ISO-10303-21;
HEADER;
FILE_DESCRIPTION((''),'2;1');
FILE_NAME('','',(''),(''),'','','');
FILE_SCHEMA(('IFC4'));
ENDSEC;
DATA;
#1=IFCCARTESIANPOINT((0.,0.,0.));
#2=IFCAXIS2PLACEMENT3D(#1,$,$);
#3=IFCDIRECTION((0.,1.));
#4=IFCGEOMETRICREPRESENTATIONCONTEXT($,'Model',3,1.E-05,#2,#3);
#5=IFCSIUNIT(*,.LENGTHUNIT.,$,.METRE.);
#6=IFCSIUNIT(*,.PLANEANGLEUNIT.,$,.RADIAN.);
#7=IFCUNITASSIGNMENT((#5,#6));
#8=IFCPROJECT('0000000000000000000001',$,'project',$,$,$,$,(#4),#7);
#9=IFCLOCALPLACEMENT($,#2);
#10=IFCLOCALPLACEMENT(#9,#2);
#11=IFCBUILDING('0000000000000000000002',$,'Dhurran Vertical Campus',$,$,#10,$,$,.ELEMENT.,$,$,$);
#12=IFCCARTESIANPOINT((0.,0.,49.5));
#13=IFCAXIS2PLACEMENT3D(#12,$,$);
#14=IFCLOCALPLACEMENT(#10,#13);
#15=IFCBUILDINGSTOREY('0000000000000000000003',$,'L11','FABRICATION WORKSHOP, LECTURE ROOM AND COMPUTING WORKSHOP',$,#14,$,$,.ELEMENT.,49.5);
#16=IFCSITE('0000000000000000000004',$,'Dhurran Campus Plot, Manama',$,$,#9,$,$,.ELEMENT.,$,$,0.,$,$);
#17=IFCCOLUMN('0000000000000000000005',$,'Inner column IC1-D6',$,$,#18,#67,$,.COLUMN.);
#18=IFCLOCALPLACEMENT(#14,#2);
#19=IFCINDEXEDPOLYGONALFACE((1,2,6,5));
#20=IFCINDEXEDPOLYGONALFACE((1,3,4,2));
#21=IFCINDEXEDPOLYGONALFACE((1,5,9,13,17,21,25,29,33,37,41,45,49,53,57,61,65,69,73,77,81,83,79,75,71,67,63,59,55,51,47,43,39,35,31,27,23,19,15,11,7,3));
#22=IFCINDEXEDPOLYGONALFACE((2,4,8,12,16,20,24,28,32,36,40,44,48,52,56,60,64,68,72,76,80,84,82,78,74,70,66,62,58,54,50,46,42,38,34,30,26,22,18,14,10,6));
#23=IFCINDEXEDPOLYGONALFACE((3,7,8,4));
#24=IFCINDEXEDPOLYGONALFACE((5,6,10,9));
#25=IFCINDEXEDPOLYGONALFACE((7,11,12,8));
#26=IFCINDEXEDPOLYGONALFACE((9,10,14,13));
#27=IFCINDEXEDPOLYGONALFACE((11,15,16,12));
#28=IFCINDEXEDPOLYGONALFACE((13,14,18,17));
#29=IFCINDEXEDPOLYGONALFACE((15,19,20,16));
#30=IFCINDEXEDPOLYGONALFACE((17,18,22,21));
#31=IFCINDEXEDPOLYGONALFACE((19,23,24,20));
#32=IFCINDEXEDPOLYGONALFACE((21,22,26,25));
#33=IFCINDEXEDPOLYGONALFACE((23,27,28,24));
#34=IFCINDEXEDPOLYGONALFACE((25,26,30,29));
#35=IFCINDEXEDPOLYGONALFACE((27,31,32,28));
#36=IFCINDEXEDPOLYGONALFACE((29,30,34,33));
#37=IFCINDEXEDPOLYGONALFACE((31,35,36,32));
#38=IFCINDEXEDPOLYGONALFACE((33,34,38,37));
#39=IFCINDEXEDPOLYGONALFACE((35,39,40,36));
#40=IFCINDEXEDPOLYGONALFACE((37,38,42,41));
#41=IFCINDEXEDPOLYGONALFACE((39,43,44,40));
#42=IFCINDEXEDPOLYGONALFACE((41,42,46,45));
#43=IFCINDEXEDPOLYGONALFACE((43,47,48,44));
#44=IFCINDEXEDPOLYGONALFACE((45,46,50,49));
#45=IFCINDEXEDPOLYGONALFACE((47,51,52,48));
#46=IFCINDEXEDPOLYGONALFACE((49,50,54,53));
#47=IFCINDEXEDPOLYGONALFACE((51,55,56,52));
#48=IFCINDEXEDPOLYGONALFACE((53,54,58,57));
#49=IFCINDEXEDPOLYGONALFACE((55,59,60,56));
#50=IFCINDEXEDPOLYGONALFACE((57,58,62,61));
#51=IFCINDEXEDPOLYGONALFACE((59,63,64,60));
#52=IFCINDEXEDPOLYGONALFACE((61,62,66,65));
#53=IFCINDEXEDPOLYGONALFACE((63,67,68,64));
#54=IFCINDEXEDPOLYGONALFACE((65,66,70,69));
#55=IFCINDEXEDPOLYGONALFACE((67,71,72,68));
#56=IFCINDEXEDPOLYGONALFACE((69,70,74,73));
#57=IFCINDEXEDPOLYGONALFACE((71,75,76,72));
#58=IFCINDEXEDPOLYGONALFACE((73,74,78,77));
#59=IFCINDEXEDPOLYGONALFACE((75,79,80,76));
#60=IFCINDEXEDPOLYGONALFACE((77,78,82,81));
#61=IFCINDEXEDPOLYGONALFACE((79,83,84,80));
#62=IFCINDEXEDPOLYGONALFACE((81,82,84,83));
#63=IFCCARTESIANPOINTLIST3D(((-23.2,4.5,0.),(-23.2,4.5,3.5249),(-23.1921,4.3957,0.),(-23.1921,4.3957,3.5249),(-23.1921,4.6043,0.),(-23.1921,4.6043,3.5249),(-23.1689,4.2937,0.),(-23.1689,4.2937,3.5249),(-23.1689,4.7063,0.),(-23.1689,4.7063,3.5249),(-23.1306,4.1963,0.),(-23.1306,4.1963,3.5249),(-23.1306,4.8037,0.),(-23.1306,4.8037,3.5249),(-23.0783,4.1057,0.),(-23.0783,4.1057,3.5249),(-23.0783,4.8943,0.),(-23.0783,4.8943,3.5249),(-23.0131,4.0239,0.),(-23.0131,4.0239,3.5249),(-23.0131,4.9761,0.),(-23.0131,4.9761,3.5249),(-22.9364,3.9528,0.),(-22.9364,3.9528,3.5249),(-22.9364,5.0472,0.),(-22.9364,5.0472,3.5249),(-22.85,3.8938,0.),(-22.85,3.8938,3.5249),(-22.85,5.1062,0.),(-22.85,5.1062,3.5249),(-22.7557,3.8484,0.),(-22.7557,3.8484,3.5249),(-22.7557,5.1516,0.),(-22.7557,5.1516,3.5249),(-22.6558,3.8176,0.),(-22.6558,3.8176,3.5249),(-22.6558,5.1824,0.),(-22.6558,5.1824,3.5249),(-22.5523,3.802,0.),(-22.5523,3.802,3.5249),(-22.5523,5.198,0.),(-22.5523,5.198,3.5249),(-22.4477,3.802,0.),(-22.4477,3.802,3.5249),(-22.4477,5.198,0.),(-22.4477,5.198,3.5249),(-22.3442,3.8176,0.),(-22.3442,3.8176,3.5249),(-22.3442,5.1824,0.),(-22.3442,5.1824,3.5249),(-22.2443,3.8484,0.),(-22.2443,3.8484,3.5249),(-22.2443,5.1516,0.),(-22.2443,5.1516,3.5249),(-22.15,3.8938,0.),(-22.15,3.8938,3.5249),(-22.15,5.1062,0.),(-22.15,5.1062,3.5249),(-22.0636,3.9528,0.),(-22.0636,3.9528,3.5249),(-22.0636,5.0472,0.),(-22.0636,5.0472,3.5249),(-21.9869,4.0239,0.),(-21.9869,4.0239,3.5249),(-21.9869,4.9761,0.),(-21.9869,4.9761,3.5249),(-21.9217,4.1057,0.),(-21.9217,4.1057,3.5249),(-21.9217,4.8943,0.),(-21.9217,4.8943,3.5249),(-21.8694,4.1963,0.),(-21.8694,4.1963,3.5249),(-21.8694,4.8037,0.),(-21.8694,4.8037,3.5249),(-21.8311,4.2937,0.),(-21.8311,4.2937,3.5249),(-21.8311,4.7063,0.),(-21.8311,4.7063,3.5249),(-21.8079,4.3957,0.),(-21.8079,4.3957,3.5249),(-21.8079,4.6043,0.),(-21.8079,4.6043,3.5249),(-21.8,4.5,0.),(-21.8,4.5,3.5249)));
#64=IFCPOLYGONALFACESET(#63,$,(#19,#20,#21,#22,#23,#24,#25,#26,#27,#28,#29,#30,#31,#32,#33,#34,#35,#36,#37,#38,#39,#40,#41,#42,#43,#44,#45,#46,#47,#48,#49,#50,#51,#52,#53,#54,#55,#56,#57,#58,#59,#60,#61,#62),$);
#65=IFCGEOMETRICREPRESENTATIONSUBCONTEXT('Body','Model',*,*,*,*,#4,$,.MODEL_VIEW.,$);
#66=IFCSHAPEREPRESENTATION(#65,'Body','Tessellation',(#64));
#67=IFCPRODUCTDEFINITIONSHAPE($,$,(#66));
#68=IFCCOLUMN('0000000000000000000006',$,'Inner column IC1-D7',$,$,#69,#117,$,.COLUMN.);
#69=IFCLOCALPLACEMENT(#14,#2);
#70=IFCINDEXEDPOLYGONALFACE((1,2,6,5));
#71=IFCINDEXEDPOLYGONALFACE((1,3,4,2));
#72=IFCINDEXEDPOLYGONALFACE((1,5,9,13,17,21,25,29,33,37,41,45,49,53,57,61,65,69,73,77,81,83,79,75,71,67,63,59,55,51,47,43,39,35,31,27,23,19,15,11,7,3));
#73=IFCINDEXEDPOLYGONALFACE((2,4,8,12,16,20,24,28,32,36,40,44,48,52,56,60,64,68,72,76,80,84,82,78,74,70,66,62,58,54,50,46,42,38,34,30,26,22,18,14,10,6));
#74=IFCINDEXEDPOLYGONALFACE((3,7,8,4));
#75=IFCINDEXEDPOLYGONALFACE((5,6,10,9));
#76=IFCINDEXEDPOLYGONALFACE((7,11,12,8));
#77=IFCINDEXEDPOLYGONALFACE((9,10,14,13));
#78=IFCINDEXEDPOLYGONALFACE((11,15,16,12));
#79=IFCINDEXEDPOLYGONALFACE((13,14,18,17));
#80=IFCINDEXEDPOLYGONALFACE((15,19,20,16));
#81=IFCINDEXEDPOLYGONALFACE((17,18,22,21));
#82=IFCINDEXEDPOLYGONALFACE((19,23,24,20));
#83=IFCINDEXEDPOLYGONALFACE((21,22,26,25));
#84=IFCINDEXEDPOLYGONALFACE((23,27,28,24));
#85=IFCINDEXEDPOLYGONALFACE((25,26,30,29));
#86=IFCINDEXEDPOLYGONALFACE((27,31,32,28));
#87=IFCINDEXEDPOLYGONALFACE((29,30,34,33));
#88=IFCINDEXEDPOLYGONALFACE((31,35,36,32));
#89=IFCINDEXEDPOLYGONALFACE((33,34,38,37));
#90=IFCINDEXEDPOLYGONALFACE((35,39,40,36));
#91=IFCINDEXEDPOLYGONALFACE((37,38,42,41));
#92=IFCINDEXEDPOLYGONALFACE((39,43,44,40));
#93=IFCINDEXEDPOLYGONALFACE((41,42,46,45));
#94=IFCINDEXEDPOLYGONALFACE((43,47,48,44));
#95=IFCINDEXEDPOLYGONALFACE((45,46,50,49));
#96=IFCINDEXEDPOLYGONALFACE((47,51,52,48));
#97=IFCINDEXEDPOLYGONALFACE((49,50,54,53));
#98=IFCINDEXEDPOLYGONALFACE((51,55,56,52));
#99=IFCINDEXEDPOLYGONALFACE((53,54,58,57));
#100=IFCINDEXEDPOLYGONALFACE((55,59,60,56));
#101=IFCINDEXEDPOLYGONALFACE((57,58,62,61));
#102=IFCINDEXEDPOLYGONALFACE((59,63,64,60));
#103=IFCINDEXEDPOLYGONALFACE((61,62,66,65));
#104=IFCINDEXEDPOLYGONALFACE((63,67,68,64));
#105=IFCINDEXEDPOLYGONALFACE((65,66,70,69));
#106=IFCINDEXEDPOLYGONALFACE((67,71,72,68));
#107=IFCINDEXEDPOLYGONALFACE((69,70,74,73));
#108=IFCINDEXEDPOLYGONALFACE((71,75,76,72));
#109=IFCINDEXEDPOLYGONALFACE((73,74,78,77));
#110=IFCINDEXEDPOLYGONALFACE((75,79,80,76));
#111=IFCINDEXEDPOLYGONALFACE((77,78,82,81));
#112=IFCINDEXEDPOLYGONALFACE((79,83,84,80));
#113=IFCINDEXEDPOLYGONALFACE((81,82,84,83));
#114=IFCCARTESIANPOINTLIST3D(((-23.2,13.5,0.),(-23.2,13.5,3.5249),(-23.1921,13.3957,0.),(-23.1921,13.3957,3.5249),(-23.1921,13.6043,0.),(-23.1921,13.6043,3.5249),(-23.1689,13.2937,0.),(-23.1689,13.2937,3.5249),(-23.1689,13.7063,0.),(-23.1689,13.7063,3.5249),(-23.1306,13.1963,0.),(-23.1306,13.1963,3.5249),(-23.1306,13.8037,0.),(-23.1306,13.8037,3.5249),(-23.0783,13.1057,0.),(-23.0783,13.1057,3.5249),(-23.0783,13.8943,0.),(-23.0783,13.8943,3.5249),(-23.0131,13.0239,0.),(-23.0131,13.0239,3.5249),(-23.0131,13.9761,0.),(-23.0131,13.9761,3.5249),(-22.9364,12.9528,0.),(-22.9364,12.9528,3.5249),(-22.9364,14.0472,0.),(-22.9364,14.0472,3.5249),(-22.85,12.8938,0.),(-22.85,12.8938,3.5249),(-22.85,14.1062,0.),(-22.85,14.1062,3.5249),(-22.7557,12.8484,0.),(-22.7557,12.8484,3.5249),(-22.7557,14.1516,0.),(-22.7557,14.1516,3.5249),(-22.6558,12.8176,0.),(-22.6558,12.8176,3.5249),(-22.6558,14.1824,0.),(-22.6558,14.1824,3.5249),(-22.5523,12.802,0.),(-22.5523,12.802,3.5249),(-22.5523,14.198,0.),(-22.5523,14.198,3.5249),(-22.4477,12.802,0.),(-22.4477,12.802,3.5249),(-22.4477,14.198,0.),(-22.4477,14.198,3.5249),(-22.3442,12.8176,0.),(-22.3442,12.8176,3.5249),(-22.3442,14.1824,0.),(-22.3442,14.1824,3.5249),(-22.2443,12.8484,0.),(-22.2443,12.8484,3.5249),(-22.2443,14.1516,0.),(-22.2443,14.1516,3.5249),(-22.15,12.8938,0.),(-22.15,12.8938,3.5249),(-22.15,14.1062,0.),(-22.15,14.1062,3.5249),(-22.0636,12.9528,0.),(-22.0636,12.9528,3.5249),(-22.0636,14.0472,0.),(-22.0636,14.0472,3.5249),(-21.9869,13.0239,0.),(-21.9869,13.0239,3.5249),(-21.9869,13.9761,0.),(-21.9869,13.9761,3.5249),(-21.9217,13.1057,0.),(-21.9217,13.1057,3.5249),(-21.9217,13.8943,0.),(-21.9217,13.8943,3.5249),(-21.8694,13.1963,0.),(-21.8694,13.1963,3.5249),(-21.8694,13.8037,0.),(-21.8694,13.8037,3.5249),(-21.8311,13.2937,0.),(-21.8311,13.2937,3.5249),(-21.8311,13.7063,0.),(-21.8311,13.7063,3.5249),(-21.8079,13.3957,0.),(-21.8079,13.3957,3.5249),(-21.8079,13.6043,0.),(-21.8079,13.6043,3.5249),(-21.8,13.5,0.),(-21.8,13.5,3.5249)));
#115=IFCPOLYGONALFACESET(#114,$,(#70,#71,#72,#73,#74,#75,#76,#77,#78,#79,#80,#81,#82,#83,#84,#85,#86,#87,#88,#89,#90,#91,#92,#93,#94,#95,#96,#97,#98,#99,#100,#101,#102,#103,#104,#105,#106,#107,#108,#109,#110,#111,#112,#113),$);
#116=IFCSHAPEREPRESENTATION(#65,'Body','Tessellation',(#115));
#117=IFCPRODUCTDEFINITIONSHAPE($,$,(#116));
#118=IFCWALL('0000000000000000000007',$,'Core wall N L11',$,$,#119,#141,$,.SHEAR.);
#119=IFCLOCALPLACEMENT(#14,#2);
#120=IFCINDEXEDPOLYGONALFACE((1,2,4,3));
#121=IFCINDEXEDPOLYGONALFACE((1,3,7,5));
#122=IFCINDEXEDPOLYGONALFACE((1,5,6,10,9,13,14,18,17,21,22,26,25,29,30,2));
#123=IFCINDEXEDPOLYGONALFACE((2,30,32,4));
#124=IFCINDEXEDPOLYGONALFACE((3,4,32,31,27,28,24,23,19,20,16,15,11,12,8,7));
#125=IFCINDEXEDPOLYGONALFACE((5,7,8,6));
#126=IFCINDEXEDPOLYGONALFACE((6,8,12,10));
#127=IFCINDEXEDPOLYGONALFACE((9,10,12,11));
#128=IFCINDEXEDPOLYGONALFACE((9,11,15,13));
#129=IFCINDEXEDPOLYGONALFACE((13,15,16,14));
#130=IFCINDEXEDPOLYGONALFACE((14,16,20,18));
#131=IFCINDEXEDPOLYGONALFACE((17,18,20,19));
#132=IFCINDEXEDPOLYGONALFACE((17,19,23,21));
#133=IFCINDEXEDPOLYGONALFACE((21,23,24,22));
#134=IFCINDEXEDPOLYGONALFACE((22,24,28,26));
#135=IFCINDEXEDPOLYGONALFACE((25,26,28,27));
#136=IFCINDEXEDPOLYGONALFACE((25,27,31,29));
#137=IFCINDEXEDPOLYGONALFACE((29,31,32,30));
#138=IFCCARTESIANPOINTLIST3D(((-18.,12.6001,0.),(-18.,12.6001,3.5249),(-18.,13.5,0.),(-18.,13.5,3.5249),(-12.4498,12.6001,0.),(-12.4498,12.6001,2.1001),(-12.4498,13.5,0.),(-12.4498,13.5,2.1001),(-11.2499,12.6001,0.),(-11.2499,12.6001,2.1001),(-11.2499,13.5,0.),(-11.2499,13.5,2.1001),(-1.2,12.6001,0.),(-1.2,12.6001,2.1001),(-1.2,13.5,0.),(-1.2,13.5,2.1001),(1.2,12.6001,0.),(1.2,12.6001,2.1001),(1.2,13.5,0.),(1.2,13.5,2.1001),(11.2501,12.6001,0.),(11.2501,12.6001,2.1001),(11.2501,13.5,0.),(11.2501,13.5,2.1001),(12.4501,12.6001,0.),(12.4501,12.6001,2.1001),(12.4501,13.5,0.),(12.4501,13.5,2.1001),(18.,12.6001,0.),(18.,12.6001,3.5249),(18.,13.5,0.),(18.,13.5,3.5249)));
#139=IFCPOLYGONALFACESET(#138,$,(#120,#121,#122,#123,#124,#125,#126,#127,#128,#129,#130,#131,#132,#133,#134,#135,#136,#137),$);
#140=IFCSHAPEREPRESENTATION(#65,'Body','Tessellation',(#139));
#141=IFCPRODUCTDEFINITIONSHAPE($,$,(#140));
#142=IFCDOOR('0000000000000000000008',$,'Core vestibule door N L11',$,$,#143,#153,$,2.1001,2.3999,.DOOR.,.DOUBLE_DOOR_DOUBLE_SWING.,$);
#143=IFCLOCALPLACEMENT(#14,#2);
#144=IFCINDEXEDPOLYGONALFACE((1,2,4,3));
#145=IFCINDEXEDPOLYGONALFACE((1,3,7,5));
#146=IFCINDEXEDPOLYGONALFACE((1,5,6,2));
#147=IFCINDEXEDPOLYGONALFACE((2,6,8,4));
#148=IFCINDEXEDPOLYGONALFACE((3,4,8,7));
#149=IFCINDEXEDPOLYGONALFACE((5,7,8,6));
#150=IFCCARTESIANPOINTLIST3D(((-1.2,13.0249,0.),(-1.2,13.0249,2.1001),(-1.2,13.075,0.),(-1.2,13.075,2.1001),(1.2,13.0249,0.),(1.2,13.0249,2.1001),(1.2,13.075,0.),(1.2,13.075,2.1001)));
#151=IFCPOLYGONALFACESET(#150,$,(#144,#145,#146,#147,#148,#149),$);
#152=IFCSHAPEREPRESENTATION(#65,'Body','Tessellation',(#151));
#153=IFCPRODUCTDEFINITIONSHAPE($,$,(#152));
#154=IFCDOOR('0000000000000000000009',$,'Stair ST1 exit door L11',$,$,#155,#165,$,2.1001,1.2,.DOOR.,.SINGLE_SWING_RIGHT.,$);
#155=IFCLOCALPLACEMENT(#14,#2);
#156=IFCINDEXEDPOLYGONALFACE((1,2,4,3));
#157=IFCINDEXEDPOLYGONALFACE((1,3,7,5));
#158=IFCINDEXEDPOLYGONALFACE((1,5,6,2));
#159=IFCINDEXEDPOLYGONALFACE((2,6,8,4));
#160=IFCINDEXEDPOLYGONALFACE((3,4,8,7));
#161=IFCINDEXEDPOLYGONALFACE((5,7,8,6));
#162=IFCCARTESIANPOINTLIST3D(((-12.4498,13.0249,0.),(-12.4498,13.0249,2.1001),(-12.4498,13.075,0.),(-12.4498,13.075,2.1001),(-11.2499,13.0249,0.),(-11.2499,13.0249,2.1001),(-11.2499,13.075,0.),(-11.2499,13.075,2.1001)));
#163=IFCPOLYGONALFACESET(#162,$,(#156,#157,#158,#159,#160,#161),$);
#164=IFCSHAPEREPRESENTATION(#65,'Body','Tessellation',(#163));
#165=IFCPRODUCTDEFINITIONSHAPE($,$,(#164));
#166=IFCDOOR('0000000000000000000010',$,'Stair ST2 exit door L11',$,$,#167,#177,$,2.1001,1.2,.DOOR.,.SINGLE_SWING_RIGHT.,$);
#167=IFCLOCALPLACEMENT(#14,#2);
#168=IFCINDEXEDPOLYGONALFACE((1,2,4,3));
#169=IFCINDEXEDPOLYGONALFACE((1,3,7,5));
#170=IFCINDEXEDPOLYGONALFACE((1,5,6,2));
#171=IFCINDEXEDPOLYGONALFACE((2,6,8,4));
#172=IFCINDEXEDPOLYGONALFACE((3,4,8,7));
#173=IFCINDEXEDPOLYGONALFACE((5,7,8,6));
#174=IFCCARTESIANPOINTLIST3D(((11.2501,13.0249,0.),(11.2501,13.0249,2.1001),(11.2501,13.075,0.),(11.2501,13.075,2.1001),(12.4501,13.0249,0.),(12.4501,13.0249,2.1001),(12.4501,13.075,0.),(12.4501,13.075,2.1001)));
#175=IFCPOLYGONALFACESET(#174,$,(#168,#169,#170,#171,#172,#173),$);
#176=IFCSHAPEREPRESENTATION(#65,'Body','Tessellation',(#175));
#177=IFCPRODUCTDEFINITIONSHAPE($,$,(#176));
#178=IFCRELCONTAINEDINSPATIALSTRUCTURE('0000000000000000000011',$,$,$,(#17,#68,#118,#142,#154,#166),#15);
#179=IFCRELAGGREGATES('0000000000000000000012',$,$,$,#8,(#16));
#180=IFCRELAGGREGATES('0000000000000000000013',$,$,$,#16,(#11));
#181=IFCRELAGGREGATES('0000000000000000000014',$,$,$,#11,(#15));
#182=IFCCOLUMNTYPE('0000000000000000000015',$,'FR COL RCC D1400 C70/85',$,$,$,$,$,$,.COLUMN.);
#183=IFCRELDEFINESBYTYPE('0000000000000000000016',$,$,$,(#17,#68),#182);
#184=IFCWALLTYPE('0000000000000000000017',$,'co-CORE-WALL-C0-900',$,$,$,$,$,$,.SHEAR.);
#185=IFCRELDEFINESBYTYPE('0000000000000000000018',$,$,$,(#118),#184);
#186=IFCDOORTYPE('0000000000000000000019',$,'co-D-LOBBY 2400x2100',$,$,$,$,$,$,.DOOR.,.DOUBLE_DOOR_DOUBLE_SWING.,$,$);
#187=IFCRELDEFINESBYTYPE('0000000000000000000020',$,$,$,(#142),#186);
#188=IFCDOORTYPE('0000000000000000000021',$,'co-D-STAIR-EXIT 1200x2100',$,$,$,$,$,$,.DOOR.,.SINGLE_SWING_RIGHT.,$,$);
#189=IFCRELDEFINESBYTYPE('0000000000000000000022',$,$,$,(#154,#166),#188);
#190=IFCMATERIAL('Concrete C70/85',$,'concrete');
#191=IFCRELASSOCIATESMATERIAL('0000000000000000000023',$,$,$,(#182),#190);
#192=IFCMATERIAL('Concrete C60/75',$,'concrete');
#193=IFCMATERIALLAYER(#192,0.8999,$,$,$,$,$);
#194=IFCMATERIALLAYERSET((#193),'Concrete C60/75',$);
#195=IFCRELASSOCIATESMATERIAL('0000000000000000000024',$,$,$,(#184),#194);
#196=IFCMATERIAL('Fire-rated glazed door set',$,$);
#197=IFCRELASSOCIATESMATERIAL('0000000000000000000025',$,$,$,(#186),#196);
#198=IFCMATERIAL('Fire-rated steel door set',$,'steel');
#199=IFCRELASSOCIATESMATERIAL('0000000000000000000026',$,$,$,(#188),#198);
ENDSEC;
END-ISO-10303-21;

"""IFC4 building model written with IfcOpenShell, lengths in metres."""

from ifc_helpers import new_model, si_unit, direction, frame, frame_2d, origin, origin_2d, place, context, subcontext, project, spatial, rectangle, circle, extrude, material, layer, layer_set, material_profile, profile_set, type_object, element, fill, save


model = new_model("IFC4")

# Units and contexts
model_context = context("Model", 3, precision=1e-05, world=origin(), true_north=direction((0.0, 1.0)))
body_context = subcontext(model_context, "Body", "Model", "MODEL_VIEW")
ifc_project = project(units=[si_unit("LENGTHUNIT", "METRE"), si_unit("PLANEANGLEUNIT", "RADIAN")], contexts=[model_context])

# Site, building, storey
site_placement = place(None, origin())
site = spatial("IfcSite", under=ifc_project, at=site_placement, Name="Dhurran Campus Plot, Manama", CompositionType="ELEMENT", RefElevation=0.0)
building_placement = place(site_placement, origin())
building = spatial("IfcBuilding", under=site, at=building_placement, Name="Dhurran Vertical Campus", CompositionType="ELEMENT")
storey_placement = place(building_placement, frame((0.0, 0.0, 49.5)))
storey = spatial("IfcBuildingStorey", under=building, at=storey_placement, Name="L11", Description="FABRICATION WORKSHOP, LECTURE ROOM AND COMPUTING WORKSHOP", CompositionType="ELEMENT", Elevation=49.5)

# Columns
ifc_material_1 = material(Name="Concrete C70/85", Category="concrete")
ifc_material_profile = material_profile(ifc_material_1, circle(Radius=0.7, at=origin_2d()), Name="RCC D1400")
ifc_profile_set = profile_set([ifc_material_profile], Name="Concrete C70/85")
column_type = type_object("IfcColumnType", Name="FR COL RCC D1400 C70/85", PredefinedType="COLUMN", material=ifc_profile_set)
for number, where, z_axis, x_axis, name in (
    (1, (-22.5, 4.5, 0.0), (0.0, 0.0, 1.0), (1.0, 0.0, 0.0), "Inner column IC1-D6"),
    (2, (-22.5, 13.5, 0.0), (0.0, 0.0, 1.0), (1.0, 0.0, 0.0), "Inner column IC1-D7"),
):
    element("IfcColumn", number, at=place(storey_placement, frame(where, z_axis=z_axis, x_axis=x_axis)), inside=storey, type_object=column_type, Name=name, PredefinedType="COLUMN", context=body_context, shape_type="SweptSolid", body=[
        extrude(circle(Radius=0.7, at=origin_2d()), origin(), (0.0, 0.0, 1.0), 3.5249),
    ])

# Wall, openings, doors
ifc_material_2 = material(Name="Concrete C60/75", Category="concrete")
ifc_layer_1 = layer(ifc_material_2, 0.8999)
ifc_layer_set_1 = layer_set([ifc_layer_1], Name="Concrete C60/75")
wall_type_1 = type_object("IfcWallType", Name="co-CORE-WALL-C0-900", PredefinedType="SHEAR", material=ifc_layer_set_1)
wall_1_placement = place(storey_placement, frame((-18.0, 13.05, 0.0), z_axis=(0.0, 0.0, 1.0), x_axis=(1.0, 0.0, 0.0)))
wall_1 = element("IfcWall", 3, at=wall_1_placement, inside=storey, type_object=wall_type_1, Name="Core wall N L11", PredefinedType="SHEAR", context=body_context, shape_type="SweptSolid", body=[
    extrude(rectangle(XDim=36.0, YDim=0.8999, at=frame_2d((18.0, 0.0))), origin(), (0.0, 0.0, 1.0), 3.5249),
])
opening_1_placement = place(wall_1_placement, frame((16.8, 0.0, 0.0)))
opening_1 = element("IfcOpeningElement", 4, at=opening_1_placement, cuts=wall_1, PredefinedType="OPENING", context=body_context, shape_type="SweptSolid", body=[
    extrude(rectangle(XDim=2.3999, YDim=2.1001, at=frame_2d((1.2, 1.05))), frame((0.0, 0.46, 0.0), z_axis=(0.0, -1.0, 0.0), x_axis=(1.0, 0.0, 0.0)), (0.0, 0.0, 1.0), 0.9199),
])
opening_2_placement = place(wall_1_placement, frame((5.55, 0.0, 0.0)))
opening_2 = element("IfcOpeningElement", 5, at=opening_2_placement, cuts=wall_1, PredefinedType="OPENING", context=body_context, shape_type="SweptSolid", body=[
    extrude(rectangle(XDim=1.2, YDim=2.1001, at=frame_2d((0.6001, 1.05))), frame((0.0, 0.46, 0.0), z_axis=(0.0, -1.0, 0.0), x_axis=(1.0, 0.0, 0.0)), (0.0, 0.0, 1.0), 0.9199),
])
opening_3_placement = place(wall_1_placement, frame((29.25, 0.0, 0.0)))
opening_3 = element("IfcOpeningElement", 6, at=opening_3_placement, cuts=wall_1, PredefinedType="OPENING", context=body_context, shape_type="SweptSolid", body=[
    extrude(rectangle(XDim=1.2, YDim=2.1001, at=frame_2d((0.6001, 1.05))), frame((0.0, 0.46, 0.0), z_axis=(0.0, -1.0, 0.0), x_axis=(1.0, 0.0, 0.0)), (0.0, 0.0, 1.0), 0.9199),
])
ifc_material_3 = material(Name="Fire-rated glazed door set")
door_type_1 = type_object("IfcDoorType", Name="co-D-LOBBY 2400x2100", OperationType="DOUBLE_DOOR_DOUBLE_SWING", PredefinedType="DOOR", material=ifc_material_3)
door_1_placement = place(opening_1_placement, origin())
door_1 = element("IfcDoor", 7, at=door_1_placement, inside=storey, type_object=door_type_1, Name="Core vestibule door N L11", OperationType="DOUBLE_DOOR_DOUBLE_SWING", OverallHeight=2.1001, OverallWidth=2.3999, PredefinedType="DOOR", context=body_context, shape_type="SweptSolid", body=[
    extrude(rectangle(XDim=2.3999, YDim=2.1001, at=frame_2d((1.2, 1.05))), frame((0.0, 0.0249, 0.0), z_axis=(0.0, -1.0, 0.0), x_axis=(1.0, 0.0, 0.0)), (0.0, 0.0, 1.0), 0.05),
])
fill(opening_1, door_1)
ifc_material_4 = material(Name="Fire-rated steel door set", Category="steel")
door_type_2 = type_object("IfcDoorType", Name="co-D-STAIR-EXIT 1200x2100", OperationType="SINGLE_SWING_RIGHT", PredefinedType="DOOR", material=ifc_material_4)
door_2_placement = place(opening_2_placement, origin())
door_2 = element("IfcDoor", 8, at=door_2_placement, inside=storey, type_object=door_type_2, Name="Stair ST1 exit door L11", OperationType="SINGLE_SWING_RIGHT", OverallHeight=2.1001, OverallWidth=1.2, PredefinedType="DOOR", context=body_context, shape_type="SweptSolid", body=[
    extrude(rectangle(XDim=1.2, YDim=2.1001, at=frame_2d((0.6001, 1.05))), frame((0.0, 0.0249, 0.0), z_axis=(0.0, -1.0, 0.0), x_axis=(1.0, 0.0, 0.0)), (0.0, 0.0, 1.0), 0.05),
])
fill(opening_2, door_2)
door_3_placement = place(opening_3_placement, origin())
door_3 = element("IfcDoor", 9, at=door_3_placement, inside=storey, type_object=door_type_2, Name="Stair ST2 exit door L11", OperationType="SINGLE_SWING_RIGHT", OverallHeight=2.1001, OverallWidth=1.2, PredefinedType="DOOR", context=body_context, shape_type="SweptSolid", body=[
    extrude(rectangle(XDim=1.2, YDim=2.1001, at=frame_2d((0.6001, 1.05))), frame((0.0, 0.0249, 0.0), z_axis=(0.0, -1.0, 0.0), x_axis=(1.0, 0.0, 0.0)), (0.0, 0.0, 1.0), 0.05),
])
fill(opening_3, door_3)

save(model, "model.ifc")
